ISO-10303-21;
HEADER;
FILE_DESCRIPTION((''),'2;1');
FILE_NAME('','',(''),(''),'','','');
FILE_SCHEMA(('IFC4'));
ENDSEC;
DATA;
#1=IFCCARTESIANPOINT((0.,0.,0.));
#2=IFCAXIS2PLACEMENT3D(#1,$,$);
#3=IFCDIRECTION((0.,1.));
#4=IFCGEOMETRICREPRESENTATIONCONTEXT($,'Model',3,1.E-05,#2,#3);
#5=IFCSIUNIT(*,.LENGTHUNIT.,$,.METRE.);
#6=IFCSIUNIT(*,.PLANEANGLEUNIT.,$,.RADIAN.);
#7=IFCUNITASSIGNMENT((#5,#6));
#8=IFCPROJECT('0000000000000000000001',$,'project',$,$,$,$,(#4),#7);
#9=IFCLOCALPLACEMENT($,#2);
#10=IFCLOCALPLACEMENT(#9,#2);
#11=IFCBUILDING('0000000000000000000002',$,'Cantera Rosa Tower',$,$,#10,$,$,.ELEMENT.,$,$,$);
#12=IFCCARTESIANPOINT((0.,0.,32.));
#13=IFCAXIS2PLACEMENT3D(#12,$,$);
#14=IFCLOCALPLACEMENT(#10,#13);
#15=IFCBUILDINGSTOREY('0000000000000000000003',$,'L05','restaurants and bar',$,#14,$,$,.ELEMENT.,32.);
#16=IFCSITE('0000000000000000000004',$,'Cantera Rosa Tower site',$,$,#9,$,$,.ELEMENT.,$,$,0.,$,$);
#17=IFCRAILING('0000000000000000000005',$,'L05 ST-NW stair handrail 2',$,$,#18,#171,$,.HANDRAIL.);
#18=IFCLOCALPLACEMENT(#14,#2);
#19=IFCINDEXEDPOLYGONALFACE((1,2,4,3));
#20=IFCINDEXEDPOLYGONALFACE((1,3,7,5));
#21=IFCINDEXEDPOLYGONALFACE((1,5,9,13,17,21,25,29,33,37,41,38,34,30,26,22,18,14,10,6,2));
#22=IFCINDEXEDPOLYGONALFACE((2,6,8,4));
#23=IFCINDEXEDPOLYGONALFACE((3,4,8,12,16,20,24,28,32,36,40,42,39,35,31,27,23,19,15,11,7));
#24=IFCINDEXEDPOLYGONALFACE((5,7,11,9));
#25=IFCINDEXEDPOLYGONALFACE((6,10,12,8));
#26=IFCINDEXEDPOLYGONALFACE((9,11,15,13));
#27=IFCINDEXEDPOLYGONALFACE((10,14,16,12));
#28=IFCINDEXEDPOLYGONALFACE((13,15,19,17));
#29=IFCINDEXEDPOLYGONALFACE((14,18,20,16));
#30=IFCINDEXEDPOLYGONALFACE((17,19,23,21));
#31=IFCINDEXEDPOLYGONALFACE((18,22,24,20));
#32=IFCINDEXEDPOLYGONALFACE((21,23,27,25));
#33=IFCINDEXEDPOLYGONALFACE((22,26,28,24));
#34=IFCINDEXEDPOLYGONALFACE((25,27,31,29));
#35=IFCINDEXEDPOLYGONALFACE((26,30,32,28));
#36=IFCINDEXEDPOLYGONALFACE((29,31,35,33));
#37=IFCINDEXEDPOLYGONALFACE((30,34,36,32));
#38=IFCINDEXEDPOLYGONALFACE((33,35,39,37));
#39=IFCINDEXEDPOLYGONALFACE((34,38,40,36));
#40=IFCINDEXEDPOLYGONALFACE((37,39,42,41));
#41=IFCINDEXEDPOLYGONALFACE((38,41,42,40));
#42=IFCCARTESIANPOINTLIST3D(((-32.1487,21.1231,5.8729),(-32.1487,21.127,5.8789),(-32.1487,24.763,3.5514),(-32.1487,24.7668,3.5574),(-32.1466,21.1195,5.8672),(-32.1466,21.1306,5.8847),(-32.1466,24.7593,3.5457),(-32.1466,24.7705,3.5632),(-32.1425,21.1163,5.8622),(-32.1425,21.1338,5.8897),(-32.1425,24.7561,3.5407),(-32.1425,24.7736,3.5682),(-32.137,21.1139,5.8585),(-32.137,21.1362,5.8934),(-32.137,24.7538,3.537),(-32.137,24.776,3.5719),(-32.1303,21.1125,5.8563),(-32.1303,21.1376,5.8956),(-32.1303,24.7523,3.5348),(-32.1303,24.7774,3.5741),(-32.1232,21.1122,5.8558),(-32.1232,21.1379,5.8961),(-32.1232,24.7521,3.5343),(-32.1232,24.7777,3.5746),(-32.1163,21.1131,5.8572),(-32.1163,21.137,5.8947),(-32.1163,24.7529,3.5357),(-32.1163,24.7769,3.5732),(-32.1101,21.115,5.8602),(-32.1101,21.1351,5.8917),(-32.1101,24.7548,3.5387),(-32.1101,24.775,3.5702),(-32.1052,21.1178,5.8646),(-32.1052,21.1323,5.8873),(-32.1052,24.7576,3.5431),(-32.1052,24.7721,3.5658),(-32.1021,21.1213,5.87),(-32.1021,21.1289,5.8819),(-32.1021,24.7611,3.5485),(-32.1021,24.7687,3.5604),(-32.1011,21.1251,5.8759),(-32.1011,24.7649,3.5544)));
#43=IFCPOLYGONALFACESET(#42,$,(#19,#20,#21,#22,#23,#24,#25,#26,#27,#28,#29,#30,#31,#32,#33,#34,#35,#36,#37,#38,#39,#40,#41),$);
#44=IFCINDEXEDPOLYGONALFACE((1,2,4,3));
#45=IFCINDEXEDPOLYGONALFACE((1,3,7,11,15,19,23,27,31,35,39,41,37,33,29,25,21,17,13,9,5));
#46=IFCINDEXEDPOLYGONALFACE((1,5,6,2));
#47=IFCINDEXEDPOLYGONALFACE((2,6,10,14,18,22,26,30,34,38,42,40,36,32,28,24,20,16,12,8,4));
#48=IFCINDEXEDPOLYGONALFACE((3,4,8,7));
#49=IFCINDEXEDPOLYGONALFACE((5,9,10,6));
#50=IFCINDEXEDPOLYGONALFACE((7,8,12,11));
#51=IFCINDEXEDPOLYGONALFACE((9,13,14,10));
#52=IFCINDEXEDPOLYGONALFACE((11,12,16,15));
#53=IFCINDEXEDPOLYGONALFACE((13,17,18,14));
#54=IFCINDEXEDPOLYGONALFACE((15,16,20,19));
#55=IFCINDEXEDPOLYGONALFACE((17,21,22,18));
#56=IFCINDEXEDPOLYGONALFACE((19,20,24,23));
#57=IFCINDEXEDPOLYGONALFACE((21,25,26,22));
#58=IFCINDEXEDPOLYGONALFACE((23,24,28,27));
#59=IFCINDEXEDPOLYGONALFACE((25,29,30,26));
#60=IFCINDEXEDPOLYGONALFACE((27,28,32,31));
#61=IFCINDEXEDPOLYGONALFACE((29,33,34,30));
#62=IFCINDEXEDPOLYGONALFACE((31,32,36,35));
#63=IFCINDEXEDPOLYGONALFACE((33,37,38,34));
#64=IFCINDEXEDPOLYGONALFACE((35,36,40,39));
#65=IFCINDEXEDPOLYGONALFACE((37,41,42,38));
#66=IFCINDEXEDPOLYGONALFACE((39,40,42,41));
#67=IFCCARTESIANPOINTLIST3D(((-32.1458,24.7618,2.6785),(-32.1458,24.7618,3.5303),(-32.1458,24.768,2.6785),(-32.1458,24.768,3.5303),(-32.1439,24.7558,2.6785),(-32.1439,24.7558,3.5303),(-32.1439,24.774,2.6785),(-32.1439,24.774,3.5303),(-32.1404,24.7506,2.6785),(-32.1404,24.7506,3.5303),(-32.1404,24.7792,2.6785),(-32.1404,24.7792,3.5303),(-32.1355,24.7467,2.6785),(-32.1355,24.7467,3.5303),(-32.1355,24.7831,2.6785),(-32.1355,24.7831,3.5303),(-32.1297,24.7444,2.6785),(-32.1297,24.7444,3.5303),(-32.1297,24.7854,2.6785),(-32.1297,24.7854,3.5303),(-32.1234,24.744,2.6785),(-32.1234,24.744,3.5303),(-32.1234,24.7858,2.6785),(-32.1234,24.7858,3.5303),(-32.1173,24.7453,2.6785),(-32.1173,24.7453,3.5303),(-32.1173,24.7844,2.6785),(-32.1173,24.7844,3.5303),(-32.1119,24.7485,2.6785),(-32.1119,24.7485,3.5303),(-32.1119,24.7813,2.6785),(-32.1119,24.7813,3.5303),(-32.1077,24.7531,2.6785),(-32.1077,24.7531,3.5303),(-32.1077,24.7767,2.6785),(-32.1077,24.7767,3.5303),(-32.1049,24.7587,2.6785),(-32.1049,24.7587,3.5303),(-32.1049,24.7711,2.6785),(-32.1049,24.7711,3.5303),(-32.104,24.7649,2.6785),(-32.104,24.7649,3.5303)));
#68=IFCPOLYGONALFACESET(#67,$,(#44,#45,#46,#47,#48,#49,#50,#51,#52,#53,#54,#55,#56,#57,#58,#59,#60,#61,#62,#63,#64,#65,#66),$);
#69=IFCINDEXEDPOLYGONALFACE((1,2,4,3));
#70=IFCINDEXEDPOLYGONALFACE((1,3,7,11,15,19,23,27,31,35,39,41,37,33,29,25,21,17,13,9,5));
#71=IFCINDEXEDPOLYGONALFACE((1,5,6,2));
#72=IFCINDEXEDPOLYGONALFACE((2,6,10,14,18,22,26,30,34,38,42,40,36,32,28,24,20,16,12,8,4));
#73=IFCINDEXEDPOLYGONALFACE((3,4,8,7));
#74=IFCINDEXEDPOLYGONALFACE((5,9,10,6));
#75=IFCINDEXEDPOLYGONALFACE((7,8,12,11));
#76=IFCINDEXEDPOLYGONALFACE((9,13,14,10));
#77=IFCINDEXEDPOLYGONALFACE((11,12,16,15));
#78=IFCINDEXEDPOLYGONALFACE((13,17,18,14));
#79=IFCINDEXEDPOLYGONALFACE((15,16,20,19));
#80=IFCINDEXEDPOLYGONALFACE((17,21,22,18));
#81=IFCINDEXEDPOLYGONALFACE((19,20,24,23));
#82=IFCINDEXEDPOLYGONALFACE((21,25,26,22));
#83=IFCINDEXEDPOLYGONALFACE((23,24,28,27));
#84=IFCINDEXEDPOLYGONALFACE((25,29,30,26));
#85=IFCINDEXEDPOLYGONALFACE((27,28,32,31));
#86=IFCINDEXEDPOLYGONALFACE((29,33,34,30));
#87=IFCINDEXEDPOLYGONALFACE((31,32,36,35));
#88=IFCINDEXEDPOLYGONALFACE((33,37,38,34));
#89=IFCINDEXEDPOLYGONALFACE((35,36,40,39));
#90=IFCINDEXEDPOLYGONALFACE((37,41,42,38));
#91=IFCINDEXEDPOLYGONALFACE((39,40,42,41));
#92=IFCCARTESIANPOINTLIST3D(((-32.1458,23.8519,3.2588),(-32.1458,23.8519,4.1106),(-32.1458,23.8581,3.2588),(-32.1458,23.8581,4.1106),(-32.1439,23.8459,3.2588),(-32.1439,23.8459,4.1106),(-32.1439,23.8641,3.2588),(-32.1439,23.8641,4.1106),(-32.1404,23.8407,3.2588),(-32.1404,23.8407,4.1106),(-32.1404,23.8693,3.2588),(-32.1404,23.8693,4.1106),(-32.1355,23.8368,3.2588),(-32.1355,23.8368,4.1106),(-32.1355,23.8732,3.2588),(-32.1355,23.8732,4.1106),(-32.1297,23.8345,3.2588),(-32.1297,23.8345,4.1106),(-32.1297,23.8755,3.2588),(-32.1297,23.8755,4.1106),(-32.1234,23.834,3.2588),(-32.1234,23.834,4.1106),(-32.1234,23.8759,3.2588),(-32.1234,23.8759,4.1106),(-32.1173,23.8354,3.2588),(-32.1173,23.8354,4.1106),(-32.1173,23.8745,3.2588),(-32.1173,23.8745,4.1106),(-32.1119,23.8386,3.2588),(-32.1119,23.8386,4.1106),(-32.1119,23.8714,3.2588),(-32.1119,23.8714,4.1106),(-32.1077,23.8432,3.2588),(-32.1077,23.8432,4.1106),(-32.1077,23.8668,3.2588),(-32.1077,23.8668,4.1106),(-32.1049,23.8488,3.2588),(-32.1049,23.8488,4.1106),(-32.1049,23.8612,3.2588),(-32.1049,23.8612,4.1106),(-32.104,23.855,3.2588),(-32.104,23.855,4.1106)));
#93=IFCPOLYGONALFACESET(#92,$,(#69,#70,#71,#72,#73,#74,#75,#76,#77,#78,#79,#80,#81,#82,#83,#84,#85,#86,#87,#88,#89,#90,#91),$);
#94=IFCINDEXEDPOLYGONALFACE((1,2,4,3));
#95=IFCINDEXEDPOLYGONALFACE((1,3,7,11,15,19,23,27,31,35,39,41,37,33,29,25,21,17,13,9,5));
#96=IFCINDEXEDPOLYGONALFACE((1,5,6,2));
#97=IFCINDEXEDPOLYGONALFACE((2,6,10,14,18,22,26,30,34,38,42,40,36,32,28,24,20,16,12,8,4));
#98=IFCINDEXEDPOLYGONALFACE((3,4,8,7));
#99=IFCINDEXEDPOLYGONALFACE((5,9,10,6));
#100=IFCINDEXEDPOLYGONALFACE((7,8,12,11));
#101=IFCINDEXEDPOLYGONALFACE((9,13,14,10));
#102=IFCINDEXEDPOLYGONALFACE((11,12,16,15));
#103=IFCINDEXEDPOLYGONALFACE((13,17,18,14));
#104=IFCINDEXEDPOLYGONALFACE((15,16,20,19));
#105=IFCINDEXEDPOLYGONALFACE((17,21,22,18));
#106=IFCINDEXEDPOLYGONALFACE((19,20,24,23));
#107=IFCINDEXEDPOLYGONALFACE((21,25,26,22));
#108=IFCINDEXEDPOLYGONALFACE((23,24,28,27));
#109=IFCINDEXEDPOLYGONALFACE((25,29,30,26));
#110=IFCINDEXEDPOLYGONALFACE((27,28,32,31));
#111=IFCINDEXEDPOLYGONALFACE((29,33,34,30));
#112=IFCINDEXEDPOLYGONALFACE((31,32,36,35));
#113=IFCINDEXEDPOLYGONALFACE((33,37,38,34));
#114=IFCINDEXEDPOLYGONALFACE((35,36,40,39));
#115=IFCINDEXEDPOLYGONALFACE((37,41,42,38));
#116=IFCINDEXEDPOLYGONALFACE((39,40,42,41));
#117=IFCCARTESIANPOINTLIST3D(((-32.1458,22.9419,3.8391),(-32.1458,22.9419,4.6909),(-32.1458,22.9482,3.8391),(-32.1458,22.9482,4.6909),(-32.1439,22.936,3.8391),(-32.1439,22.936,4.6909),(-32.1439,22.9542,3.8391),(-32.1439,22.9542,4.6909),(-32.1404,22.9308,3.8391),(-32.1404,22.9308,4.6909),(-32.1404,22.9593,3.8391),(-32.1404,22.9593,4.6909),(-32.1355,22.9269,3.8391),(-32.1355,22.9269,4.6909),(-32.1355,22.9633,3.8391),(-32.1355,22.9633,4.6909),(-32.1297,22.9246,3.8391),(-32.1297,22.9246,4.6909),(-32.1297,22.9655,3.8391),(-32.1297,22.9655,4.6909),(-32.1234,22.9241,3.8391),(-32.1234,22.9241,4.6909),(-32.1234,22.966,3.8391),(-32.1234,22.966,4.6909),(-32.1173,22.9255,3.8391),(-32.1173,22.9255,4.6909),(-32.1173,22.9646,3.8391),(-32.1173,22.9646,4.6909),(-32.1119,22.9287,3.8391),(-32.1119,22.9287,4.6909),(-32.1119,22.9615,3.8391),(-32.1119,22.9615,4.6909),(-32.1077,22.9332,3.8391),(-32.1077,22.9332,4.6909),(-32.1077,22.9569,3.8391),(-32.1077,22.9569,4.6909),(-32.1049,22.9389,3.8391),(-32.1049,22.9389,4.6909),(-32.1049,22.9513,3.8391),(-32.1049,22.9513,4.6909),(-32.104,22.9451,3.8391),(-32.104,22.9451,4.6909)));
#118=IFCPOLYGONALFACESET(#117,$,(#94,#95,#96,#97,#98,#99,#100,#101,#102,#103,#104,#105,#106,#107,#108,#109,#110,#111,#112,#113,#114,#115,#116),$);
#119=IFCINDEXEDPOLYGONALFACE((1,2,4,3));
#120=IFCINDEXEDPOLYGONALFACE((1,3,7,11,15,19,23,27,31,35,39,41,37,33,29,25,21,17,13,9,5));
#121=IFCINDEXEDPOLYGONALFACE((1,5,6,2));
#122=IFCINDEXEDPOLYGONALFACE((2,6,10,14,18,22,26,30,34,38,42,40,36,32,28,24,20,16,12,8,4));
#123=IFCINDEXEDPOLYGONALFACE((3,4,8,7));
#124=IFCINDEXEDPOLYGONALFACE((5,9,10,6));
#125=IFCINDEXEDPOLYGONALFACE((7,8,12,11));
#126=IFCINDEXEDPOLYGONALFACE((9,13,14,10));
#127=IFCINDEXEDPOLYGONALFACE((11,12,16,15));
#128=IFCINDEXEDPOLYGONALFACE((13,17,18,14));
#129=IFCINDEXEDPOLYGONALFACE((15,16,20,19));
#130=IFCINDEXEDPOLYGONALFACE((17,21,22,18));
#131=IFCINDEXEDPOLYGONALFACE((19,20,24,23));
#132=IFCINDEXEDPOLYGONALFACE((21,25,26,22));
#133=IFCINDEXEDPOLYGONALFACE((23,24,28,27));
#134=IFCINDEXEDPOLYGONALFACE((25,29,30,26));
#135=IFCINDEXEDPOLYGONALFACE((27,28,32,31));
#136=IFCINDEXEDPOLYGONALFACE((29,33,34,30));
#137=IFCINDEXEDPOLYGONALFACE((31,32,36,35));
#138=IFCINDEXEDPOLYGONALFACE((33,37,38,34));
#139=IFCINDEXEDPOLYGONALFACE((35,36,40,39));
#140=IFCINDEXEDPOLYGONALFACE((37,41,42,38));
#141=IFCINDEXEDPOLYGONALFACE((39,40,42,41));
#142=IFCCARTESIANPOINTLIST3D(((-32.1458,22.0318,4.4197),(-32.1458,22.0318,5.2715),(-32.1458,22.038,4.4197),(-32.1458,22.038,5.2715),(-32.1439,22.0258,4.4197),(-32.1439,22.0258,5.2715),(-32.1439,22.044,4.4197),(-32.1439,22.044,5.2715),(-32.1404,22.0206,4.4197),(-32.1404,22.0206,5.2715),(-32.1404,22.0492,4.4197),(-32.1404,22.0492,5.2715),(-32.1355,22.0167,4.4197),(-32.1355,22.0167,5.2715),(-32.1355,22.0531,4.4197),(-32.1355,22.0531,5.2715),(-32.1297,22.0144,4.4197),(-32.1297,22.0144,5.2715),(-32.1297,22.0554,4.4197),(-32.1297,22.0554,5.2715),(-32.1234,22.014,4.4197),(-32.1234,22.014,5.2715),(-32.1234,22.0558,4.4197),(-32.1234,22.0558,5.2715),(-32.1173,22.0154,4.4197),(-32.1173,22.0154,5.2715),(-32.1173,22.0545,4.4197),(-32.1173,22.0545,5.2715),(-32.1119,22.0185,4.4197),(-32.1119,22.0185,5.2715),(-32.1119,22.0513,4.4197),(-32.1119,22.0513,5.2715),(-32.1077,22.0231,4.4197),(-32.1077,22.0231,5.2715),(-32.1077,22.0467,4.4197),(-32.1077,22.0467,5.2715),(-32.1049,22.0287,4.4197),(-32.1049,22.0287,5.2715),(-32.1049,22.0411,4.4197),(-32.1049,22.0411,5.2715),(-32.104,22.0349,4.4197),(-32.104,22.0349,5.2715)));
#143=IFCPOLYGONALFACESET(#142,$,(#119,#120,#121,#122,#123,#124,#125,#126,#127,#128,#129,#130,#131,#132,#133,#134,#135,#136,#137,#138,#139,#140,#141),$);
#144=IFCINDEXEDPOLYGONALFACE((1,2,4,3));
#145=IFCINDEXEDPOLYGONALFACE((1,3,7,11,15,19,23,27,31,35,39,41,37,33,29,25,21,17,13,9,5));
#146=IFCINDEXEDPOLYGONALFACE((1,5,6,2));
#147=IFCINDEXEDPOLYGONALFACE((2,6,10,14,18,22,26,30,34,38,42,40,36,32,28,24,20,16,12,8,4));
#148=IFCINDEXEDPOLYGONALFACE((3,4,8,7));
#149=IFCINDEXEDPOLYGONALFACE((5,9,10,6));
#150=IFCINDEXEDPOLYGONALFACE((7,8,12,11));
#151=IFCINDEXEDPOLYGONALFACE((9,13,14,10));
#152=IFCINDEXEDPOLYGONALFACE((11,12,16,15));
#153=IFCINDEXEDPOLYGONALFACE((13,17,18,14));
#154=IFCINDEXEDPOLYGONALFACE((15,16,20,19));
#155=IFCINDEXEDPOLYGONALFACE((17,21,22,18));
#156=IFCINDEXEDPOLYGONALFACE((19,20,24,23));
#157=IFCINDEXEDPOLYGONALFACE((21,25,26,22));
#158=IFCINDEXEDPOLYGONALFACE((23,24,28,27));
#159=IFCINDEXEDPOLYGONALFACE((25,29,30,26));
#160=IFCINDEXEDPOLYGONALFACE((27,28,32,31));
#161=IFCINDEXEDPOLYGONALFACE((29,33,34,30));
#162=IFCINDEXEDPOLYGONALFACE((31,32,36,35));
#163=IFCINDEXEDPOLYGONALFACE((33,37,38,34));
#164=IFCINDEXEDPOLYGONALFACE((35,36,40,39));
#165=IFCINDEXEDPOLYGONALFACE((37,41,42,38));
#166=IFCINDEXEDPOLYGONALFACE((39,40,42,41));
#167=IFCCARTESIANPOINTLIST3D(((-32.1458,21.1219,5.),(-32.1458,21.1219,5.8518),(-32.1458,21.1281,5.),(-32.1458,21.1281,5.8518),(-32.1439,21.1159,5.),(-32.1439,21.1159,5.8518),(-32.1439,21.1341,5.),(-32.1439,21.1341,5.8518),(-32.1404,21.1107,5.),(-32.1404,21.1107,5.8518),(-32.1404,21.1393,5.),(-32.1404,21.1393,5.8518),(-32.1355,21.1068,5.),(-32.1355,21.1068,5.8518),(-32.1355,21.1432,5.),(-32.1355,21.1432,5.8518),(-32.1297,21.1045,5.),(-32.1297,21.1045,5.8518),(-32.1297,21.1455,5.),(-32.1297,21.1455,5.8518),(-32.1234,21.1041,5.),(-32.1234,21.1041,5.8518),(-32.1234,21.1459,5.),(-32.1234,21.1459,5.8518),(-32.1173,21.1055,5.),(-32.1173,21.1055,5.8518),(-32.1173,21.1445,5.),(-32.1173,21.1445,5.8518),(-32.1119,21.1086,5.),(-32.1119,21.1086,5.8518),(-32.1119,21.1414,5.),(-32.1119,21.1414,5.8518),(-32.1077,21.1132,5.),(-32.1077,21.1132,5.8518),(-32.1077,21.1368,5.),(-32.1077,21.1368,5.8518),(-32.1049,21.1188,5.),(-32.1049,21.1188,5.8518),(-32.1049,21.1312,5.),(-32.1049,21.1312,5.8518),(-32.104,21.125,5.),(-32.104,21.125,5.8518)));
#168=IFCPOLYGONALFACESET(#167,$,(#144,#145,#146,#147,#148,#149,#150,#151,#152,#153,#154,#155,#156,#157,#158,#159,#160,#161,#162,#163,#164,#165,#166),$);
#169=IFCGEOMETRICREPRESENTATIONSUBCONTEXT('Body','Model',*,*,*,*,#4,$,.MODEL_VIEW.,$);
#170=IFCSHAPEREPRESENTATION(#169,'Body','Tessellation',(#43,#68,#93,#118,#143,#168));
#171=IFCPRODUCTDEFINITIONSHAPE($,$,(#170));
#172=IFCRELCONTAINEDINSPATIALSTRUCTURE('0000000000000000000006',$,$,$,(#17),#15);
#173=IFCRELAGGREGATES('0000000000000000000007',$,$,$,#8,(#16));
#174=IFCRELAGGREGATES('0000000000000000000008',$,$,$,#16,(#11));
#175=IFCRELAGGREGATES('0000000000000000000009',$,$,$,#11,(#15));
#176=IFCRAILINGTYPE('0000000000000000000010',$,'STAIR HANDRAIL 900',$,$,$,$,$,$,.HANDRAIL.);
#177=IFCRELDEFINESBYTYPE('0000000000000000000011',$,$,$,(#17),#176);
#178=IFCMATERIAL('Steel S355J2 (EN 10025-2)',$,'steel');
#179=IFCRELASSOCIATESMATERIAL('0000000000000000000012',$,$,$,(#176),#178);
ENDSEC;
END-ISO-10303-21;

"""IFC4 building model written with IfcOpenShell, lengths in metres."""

from ifc_helpers import new_model, si_unit, direction, frame, origin, origin_2d, place, context, subcontext, project, spatial, circle, extrude, material, type_object, element, save


model = new_model("IFC4")

# Units and contexts
model_context = context("Model", 3, precision=1e-05, world=origin(), true_north=direction((0.0, 1.0)))
body_context = subcontext(model_context, "Body", "Model", "MODEL_VIEW")
ifc_project = project(units=[si_unit("LENGTHUNIT", "METRE"), si_unit("PLANEANGLEUNIT", "RADIAN")], contexts=[model_context])

# Site, building, storey
site_placement = place(None, origin())
site = spatial("IfcSite", under=ifc_project, at=site_placement, Name="Cantera Rosa Tower site", CompositionType="ELEMENT", RefElevation=0.0)
building_placement = place(site_placement, origin())
building = spatial("IfcBuilding", under=site, at=building_placement, Name="Cantera Rosa Tower", CompositionType="ELEMENT")
storey_placement = place(building_placement, frame((0.0, 0.0, 32.0)))
storey = spatial("IfcBuildingStorey", under=building, at=storey_placement, Name="L05", Description="restaurants and bar", CompositionType="ELEMENT", Elevation=32.0)

# Railing
ifc_material_1 = material(Name="Steel S355J2 (EN 10025-2)", Category="steel")
railing_type_1 = type_object("IfcRailingType", Name="STAIR HANDRAIL 900", PredefinedType="HANDRAIL", material=ifc_material_1)
railing_1_placement = place(storey_placement, frame((-32.125, 24.7649, 2.6785)))
element("IfcRailing", 1, at=railing_1_placement, inside=storey, type_object=railing_type_1, Name="L05 ST-NW stair handrail 2", PredefinedType="HANDRAIL", context=body_context, shape_type="SweptSolid", body=[
    extrude(circle(Radius=0.0239, at=origin_2d()), frame((0.0, 0.0, 0.876), z_axis=(0.0, -0.843112, 0.537739), x_axis=(1.0, 0.0, 0.0)), (0.0, 0.0, 1.0), 4.3171),
    extrude(circle(Radius=0.021, at=origin_2d()), origin(), (0.0, 0.0, 1.0), 0.8518),
    extrude(circle(Radius=0.021, at=origin_2d()), frame((0.0, -0.9099, 0.5803)), (0.0, 0.0, 1.0), 0.8518),
    extrude(circle(Radius=0.021, at=origin_2d()), frame((0.0, -1.8198, 1.1606)), (0.0, 0.0, 1.0), 0.8518),
    extrude(circle(Radius=0.021, at=origin_2d()), frame((0.0, -2.73, 1.7412)), (0.0, 0.0, 1.0), 0.8518),
    extrude(circle(Radius=0.021, at=origin_2d()), frame((0.0, -3.6399, 2.3215)), (0.0, 0.0, 1.0), 0.8518),
])

save(model, "model.ifc")
